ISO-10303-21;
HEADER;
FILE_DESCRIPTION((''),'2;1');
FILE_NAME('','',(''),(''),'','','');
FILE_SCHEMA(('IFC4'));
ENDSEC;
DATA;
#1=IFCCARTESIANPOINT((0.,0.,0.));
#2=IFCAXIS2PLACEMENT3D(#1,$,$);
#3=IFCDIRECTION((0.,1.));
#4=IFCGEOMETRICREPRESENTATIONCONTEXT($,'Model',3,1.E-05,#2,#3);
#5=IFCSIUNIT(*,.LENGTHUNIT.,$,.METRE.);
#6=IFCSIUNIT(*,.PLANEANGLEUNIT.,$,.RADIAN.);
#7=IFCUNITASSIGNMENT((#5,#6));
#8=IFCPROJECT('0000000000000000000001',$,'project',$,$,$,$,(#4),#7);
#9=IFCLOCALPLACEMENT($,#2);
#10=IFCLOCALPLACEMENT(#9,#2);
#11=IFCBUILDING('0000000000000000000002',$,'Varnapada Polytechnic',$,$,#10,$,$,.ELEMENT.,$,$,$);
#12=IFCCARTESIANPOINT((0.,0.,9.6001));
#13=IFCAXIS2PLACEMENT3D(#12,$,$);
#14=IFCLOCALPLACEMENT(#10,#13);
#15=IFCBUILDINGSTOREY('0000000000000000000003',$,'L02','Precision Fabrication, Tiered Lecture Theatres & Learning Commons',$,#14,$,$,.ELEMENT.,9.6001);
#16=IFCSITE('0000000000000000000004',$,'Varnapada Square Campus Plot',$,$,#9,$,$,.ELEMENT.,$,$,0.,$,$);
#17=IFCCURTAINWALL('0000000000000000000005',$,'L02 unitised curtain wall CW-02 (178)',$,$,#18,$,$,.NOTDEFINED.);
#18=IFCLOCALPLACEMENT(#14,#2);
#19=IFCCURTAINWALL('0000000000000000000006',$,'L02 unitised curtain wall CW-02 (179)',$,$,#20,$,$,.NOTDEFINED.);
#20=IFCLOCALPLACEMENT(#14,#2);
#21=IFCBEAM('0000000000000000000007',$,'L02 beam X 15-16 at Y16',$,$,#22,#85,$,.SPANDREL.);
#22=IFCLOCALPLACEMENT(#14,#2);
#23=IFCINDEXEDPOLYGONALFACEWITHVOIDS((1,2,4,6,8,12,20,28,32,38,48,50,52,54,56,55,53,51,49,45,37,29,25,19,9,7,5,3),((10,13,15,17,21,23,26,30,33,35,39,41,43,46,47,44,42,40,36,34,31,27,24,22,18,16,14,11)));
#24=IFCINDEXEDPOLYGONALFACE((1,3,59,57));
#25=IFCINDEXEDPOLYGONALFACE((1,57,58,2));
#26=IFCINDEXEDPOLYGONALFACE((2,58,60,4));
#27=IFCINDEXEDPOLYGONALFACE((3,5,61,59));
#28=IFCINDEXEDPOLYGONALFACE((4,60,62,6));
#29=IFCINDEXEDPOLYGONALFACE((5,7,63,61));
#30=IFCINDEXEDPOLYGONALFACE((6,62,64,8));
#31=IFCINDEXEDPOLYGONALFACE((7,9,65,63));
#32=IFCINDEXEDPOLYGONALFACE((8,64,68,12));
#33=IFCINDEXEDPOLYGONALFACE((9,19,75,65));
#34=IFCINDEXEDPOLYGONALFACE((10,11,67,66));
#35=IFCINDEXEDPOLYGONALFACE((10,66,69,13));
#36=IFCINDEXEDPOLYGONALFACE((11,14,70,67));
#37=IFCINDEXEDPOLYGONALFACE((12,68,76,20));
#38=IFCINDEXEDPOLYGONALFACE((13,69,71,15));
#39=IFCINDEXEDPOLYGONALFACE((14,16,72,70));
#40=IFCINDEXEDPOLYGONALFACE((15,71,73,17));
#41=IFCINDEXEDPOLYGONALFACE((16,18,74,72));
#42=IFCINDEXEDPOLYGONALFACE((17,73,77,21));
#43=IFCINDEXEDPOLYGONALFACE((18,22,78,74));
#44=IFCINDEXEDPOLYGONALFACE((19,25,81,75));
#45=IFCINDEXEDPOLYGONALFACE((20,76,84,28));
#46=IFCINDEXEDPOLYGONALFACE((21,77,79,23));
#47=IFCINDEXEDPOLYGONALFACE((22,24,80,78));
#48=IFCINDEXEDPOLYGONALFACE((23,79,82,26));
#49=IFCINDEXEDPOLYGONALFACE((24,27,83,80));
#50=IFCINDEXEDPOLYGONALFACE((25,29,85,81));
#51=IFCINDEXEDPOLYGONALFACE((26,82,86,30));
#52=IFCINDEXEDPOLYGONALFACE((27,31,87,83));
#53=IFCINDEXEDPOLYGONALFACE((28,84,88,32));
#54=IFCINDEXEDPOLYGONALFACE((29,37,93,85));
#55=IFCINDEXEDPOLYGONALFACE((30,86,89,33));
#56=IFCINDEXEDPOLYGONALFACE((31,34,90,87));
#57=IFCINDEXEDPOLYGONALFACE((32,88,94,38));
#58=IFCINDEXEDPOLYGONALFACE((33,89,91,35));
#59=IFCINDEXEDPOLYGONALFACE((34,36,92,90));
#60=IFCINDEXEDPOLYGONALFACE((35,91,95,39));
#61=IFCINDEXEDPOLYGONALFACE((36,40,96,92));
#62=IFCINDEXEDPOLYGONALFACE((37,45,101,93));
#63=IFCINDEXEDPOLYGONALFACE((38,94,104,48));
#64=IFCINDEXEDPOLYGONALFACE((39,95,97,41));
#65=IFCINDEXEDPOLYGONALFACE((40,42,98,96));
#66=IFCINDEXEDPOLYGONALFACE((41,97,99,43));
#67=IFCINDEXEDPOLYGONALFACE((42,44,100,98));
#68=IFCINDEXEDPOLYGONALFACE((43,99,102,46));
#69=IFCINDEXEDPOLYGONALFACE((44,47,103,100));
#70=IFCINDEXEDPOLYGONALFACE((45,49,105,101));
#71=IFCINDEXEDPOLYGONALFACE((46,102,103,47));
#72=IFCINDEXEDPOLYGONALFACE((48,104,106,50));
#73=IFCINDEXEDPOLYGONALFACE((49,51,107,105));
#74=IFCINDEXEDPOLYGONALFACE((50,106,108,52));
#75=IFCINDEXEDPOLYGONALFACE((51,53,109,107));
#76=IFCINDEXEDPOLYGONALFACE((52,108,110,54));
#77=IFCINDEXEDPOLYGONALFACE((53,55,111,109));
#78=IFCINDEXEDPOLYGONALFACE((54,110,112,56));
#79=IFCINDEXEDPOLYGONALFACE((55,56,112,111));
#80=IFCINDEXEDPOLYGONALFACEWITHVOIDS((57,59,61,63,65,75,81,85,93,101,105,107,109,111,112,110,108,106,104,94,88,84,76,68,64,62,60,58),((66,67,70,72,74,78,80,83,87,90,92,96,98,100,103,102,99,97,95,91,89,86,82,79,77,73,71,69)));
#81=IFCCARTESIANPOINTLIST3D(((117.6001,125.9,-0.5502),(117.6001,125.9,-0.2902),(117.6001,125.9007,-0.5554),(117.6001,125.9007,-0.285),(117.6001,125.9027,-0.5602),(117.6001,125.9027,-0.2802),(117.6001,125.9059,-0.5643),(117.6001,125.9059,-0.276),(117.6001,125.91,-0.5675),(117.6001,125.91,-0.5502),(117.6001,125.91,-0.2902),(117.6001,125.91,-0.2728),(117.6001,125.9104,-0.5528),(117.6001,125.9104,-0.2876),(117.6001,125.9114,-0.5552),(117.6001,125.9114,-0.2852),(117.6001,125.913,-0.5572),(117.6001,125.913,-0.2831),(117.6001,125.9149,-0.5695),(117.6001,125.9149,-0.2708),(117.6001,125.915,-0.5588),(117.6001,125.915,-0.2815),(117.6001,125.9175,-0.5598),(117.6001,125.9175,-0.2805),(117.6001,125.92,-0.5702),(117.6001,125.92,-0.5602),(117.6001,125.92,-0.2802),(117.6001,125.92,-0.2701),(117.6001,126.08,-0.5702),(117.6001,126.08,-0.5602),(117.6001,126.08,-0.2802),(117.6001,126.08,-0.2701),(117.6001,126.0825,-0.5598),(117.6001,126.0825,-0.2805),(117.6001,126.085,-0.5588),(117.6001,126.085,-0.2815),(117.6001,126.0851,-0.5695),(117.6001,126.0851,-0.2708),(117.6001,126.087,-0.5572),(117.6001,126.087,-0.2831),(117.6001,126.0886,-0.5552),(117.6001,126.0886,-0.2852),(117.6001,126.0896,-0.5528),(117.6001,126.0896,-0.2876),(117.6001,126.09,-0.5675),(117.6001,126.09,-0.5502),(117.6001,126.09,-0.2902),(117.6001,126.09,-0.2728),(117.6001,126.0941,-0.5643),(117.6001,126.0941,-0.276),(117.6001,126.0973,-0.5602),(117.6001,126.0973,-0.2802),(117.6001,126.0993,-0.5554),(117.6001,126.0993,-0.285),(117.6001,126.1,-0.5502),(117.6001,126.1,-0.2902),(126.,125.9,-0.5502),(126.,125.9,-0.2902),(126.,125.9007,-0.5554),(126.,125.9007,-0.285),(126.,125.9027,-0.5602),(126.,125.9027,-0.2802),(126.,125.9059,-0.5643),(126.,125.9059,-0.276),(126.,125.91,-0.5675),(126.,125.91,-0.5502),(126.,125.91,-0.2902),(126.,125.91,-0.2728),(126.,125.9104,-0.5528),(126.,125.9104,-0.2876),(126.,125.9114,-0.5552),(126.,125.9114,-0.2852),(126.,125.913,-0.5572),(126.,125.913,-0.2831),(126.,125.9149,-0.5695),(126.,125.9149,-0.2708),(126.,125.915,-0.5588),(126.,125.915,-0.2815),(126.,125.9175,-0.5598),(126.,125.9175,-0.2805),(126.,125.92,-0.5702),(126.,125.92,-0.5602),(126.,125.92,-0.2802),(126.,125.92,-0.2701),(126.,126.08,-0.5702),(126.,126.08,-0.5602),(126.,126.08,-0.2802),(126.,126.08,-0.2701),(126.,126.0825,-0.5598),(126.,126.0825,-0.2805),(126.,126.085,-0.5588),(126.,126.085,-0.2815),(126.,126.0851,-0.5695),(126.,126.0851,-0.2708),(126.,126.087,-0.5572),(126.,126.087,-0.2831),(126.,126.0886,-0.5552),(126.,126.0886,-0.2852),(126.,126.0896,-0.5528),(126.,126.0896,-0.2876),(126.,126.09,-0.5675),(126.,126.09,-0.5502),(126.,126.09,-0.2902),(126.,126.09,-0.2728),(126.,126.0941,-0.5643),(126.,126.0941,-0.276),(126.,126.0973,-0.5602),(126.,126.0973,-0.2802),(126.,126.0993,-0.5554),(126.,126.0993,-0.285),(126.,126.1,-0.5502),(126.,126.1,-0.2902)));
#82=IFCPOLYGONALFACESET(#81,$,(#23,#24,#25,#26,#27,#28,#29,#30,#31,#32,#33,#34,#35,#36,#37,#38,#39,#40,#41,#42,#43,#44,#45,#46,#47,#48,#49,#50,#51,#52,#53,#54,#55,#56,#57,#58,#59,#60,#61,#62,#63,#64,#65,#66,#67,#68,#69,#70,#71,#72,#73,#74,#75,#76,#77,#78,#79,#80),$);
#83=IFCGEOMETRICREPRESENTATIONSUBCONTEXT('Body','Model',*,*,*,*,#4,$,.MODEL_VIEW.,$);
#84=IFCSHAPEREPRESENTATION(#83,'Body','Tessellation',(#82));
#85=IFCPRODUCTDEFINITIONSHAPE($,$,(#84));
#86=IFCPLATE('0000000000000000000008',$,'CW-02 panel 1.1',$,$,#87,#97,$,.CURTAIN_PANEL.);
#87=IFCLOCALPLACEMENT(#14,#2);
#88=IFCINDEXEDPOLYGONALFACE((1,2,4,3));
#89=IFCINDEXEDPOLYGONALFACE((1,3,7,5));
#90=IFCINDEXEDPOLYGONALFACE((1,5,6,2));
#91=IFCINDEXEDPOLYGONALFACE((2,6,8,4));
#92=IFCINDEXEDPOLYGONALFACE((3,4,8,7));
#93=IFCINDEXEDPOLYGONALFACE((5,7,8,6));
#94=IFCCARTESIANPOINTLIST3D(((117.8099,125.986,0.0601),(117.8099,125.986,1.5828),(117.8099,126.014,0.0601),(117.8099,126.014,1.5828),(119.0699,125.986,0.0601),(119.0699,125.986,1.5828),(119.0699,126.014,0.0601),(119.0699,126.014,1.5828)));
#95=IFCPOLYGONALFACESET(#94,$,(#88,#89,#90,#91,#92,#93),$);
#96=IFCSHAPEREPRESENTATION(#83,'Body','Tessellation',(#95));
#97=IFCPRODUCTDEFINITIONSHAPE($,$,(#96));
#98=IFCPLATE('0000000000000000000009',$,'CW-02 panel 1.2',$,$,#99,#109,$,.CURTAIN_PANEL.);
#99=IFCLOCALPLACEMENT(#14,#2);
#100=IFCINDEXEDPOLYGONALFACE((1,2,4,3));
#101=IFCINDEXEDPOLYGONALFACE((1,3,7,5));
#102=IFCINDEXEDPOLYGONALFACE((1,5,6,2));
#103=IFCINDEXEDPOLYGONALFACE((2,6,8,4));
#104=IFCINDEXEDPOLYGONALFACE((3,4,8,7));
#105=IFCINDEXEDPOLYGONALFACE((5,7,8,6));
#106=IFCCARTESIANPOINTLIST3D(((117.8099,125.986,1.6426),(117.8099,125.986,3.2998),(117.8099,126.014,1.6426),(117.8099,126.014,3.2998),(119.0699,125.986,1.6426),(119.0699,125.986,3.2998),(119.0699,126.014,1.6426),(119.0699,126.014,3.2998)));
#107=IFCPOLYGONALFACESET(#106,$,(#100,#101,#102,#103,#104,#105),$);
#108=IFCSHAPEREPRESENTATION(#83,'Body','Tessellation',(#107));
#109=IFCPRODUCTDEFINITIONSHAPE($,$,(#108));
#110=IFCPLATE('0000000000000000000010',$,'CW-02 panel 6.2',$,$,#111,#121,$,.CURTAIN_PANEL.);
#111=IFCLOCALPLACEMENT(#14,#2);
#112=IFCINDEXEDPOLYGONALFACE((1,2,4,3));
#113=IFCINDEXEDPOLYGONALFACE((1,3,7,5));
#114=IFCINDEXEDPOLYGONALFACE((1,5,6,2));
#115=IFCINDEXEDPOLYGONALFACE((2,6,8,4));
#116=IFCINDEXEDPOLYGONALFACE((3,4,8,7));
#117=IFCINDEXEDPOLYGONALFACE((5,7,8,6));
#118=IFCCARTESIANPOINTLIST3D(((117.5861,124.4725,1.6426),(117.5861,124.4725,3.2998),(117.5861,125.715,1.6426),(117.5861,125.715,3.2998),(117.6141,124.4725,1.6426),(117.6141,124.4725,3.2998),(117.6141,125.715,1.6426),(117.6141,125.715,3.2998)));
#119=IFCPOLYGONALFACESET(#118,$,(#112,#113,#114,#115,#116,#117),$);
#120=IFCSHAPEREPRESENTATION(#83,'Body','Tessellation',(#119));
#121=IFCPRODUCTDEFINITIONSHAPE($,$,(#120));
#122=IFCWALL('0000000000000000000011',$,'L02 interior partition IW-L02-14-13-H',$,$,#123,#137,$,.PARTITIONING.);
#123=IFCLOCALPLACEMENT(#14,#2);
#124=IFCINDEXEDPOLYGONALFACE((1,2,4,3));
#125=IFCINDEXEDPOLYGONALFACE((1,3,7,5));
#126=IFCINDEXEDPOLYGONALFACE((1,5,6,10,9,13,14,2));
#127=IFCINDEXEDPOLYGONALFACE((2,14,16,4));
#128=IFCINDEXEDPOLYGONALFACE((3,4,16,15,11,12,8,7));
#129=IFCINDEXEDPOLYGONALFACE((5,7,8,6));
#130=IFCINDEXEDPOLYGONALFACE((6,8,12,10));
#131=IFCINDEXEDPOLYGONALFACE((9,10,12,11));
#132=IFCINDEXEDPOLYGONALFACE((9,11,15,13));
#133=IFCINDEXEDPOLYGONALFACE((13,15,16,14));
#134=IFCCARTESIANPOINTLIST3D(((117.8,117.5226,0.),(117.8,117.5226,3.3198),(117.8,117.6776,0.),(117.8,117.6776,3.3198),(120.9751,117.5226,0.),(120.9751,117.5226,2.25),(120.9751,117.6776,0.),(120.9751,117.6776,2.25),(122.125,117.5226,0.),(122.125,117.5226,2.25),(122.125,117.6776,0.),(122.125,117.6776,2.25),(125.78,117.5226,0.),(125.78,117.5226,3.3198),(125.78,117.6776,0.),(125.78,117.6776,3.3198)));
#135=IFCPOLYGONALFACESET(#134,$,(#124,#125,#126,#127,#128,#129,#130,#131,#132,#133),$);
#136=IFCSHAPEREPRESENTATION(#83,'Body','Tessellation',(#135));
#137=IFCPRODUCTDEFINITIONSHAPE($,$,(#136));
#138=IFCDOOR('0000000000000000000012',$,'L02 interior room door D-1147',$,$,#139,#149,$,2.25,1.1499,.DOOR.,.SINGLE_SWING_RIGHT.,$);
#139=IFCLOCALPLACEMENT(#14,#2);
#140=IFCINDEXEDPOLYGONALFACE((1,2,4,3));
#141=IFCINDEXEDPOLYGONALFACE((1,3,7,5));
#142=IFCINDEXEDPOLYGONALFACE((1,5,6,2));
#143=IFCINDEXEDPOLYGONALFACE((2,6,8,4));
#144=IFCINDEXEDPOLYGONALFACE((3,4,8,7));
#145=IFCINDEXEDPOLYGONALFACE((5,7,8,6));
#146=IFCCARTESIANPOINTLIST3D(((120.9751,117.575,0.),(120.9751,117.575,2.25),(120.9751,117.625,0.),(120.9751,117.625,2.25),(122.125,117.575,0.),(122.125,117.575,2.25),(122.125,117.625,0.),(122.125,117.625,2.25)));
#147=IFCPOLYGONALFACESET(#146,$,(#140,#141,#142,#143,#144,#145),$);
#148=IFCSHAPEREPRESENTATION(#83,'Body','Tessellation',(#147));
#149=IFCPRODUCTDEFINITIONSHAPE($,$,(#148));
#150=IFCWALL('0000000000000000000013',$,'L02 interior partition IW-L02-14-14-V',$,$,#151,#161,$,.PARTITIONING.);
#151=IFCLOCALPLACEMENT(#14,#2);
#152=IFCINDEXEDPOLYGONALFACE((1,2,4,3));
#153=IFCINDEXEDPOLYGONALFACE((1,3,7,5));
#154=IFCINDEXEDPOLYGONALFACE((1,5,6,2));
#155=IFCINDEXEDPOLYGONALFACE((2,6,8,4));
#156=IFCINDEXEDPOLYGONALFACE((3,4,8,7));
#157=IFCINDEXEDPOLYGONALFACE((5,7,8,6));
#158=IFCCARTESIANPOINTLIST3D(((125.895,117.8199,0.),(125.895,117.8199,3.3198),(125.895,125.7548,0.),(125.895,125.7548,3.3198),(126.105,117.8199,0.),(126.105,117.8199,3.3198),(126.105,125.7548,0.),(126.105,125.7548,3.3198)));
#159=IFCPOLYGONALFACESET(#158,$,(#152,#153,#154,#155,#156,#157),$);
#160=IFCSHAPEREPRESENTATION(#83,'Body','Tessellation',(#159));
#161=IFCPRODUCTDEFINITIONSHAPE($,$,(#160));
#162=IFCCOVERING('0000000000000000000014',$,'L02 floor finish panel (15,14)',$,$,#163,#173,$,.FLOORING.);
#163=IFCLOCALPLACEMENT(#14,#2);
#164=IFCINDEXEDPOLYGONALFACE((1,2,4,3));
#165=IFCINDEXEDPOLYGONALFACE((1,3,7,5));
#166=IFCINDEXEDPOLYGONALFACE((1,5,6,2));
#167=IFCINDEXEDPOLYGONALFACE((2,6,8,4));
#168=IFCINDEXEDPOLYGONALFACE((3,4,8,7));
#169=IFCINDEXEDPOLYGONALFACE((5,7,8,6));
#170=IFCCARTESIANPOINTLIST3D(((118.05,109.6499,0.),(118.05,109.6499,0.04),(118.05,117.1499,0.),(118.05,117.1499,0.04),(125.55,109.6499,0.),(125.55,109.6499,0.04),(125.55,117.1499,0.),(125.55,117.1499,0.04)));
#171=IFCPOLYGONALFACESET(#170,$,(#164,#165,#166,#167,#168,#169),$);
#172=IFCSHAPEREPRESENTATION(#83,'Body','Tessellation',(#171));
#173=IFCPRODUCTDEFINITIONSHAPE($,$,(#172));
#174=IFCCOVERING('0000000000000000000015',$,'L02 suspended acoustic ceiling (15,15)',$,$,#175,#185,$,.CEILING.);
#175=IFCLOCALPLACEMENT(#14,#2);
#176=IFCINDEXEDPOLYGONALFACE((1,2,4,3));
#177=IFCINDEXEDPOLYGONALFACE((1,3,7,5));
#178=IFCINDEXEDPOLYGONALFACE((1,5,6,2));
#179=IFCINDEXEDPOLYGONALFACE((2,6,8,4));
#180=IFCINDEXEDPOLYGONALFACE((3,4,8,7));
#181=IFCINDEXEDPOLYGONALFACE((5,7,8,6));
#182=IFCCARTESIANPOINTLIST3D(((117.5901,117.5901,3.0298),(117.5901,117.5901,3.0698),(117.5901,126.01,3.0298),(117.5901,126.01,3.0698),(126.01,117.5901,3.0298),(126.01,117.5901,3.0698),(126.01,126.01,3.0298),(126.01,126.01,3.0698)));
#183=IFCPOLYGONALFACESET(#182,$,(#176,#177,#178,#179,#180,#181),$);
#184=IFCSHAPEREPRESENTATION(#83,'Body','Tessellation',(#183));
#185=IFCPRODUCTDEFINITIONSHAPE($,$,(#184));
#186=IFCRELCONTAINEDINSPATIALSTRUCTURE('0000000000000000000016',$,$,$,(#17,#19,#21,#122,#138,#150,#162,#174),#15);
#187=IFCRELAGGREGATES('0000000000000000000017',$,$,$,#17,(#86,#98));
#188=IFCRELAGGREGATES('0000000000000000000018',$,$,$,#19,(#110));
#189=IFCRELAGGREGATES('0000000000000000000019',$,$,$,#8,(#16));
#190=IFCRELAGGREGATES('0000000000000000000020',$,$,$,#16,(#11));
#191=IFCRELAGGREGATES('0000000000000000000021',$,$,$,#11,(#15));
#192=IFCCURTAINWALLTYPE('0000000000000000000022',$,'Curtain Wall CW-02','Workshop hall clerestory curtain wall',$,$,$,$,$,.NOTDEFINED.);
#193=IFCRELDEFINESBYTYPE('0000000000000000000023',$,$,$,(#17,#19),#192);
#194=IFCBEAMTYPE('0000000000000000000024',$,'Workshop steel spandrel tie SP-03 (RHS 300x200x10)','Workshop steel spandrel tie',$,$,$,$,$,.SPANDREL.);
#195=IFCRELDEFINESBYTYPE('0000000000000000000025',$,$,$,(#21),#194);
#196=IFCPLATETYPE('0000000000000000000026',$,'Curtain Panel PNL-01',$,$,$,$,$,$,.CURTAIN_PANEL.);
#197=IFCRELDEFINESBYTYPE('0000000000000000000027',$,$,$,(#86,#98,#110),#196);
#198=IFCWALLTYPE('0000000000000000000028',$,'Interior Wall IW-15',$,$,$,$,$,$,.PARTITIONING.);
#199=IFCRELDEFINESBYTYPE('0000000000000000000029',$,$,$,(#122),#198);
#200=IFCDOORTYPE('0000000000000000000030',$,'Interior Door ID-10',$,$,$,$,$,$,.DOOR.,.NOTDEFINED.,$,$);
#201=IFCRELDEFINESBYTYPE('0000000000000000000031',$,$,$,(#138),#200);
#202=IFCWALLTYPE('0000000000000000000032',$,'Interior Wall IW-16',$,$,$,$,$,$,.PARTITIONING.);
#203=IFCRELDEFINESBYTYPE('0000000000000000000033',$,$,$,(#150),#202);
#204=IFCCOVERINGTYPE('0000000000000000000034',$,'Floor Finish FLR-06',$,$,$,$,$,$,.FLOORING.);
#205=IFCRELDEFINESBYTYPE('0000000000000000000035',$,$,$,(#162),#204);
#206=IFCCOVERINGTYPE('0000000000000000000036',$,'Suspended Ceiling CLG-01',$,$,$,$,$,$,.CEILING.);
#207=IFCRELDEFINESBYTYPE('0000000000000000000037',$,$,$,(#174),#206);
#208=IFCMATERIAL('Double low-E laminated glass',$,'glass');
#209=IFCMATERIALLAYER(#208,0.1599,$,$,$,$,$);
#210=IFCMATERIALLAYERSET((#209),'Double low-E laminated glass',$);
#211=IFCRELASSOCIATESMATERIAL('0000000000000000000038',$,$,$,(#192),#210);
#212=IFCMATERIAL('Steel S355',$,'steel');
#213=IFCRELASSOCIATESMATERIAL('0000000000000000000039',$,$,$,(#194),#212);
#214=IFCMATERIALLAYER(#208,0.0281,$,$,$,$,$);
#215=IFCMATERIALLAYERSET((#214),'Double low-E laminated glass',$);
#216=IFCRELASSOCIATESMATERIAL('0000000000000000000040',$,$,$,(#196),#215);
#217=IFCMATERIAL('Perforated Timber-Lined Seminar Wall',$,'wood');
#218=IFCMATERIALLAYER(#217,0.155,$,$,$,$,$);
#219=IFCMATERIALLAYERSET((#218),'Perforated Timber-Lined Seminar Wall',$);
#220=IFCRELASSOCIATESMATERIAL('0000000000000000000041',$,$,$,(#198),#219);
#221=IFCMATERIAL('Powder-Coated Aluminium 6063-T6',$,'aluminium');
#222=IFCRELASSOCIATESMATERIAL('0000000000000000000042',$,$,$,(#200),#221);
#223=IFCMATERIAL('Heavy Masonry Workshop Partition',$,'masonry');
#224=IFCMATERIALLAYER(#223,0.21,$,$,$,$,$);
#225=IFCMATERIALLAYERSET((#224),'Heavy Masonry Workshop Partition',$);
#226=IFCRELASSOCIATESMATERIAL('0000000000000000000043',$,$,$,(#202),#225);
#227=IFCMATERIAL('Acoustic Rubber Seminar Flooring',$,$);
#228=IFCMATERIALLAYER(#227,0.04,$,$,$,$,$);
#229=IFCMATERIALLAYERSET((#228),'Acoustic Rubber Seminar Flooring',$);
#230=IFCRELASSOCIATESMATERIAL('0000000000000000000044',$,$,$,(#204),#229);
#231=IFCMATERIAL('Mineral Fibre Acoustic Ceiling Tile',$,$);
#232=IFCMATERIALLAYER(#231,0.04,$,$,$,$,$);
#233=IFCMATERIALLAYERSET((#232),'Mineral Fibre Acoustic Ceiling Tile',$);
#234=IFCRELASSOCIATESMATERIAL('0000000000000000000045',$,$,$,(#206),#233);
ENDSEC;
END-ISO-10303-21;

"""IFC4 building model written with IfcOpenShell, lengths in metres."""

from ifc_helpers import new_model, si_unit, direction, frame, frame_2d, origin, origin_2d, place, context, subcontext, project, spatial, rectangle, hollow_rectangle, extrude, material, layer, layer_set, material_profile, profile_set, type_object, element, fill, aggregate, save


model = new_model("IFC4")

# Units and contexts
model_context = context("Model", 3, precision=1e-05, world=origin(), true_north=direction((0.0, 1.0)))
body_context = subcontext(model_context, "Body", "Model", "MODEL_VIEW")
ifc_project = project(units=[si_unit("LENGTHUNIT", "METRE"), si_unit("PLANEANGLEUNIT", "RADIAN")], contexts=[model_context])

# Site, building, storey
site_placement = place(None, origin())
site = spatial("IfcSite", under=ifc_project, at=site_placement, Name="Varnapada Square Campus Plot", CompositionType="ELEMENT", RefElevation=0.0)
building_placement = place(site_placement, origin())
building = spatial("IfcBuilding", under=site, at=building_placement, Name="Varnapada Polytechnic", CompositionType="ELEMENT")
storey_placement = place(building_placement, frame((0.0, 0.0, 9.6001)))
storey = spatial("IfcBuildingStorey", under=building, at=storey_placement, Name="L02", Description="Precision Fabrication, Tiered Lecture Theatres & Learning Commons", CompositionType="ELEMENT", Elevation=9.6001)

# Shared definitions
ifc_material_1 = material(Name="Steel S355", Category="steel")

# Curtain wall
ifc_material_2 = material(Name="Double low-E laminated glass", Category="glass")
ifc_layer_1 = layer(ifc_material_2, 0.1599)
ifc_layer_set_1 = layer_set([ifc_layer_1], Name="Double low-E laminated glass")
curtain_wall_type = type_object("IfcCurtainWallType", Name="Curtain Wall CW-02", Description="Workshop hall clerestory curtain wall", PredefinedType="NOTDEFINED", material=ifc_layer_set_1)
curtain_wall_1_placement = place(storey_placement, origin())
curtain_wall_1 = element("IfcCurtainWall", 1, at=curtain_wall_1_placement, inside=storey, type_object=curtain_wall_type, Name="L02 unitised curtain wall CW-02 (178)", PredefinedType="NOTDEFINED")

# Curtain wall
curtain_wall_2_placement = place(storey_placement, origin())
curtain_wall_2 = element("IfcCurtainWall", 2, at=curtain_wall_2_placement, inside=storey, type_object=curtain_wall_type, Name="L02 unitised curtain wall CW-02 (179)", PredefinedType="NOTDEFINED")

# Beam
ifc_material_profile_1 = material_profile(ifc_material_1, hollow_rectangle(XDim=0.2, YDim=0.3, WallThickness=0.01, InnerFilletRadius=0.01, OuterFilletRadius=0.02, at=origin_2d()), Name="RHS 300x200x10")
ifc_profile_set_1 = profile_set([ifc_material_profile_1], Name="Steel S355")
beam_type_1 = type_object("IfcBeamType", Name="Workshop steel spandrel tie SP-03 (RHS 300x200x10)", Description="Workshop steel spandrel tie", PredefinedType="SPANDREL", material=ifc_profile_set_1)
beam_1_placement = place(storey_placement, frame((117.6001, 126.0, -0.4202), z_axis=(1.0, 0.0, 0.0), x_axis=(0.0, 1.0, 0.0)))
element("IfcBeam", 3, at=beam_1_placement, inside=storey, type_object=beam_type_1, Name="L02 beam X 15-16 at Y16", PredefinedType="SPANDREL", context=body_context, shape_type="SweptSolid", body=[
    extrude(hollow_rectangle(XDim=0.2, YDim=0.3, WallThickness=0.01, InnerFilletRadius=0.01, OuterFilletRadius=0.02, at=origin_2d()), origin(), (0.0, 0.0, 1.0), 8.3999),
])

# Plates
ifc_layer_2 = layer(ifc_material_2, 0.0281)
ifc_layer_set_2 = layer_set([ifc_layer_2], Name="Double low-E laminated glass")
plate_type = type_object("IfcPlateType", Name="Curtain Panel PNL-01", PredefinedType="CURTAIN_PANEL", material=ifc_layer_set_2)
plate_1_placement = place(storey_placement, frame((118.4399, 126.0, 0.0601), z_axis=(0.0, 0.0, 1.0), x_axis=(1.0, 0.0, 0.0)))
plate_1 = element("IfcPlate", 4, at=plate_1_placement, type_object=plate_type, Name="CW-02 panel 1.1", PredefinedType="CURTAIN_PANEL", context=body_context, shape_type="SweptSolid", body=[
    extrude(rectangle(XDim=1.26, YDim=0.0281, at=origin_2d()), origin(), (0.0, 0.0, 1.0), 1.5227),
])
plate_2_placement = place(storey_placement, frame((118.4399, 126.0, 1.6426), z_axis=(0.0, 0.0, 1.0), x_axis=(1.0, 0.0, 0.0)))
plate_2 = element("IfcPlate", 5, at=plate_2_placement, type_object=plate_type, Name="CW-02 panel 1.2", PredefinedType="CURTAIN_PANEL", context=body_context, shape_type="SweptSolid", body=[
    extrude(rectangle(XDim=1.26, YDim=0.0281, at=origin_2d()), origin(), (0.0, 0.0, 1.0), 1.6572),
])
aggregate(curtain_wall_1, [plate_1, plate_2])
plate_3_placement = place(storey_placement, frame((117.6001, 125.0938, 1.6426), z_axis=(0.0, 0.0, 1.0), x_axis=(0.0, 1.0, 0.0)))
plate_3 = element("IfcPlate", 6, at=plate_3_placement, type_object=plate_type, Name="CW-02 panel 6.2", PredefinedType="CURTAIN_PANEL", context=body_context, shape_type="SweptSolid", body=[
    extrude(rectangle(XDim=1.2424, YDim=0.0281, at=origin_2d()), origin(), (0.0, 0.0, 1.0), 1.6572),
])
aggregate(curtain_wall_2, [plate_3])

# Wall, opening, door
ifc_material_3 = material(Name="Perforated Timber-Lined Seminar Wall", Category="wood")
ifc_layer_3 = layer(ifc_material_3, 0.155)
ifc_layer_set_3 = layer_set([ifc_layer_3], Name="Perforated Timber-Lined Seminar Wall")
wall_type_1 = type_object("IfcWallType", Name="Interior Wall IW-15", PredefinedType="PARTITIONING", material=ifc_layer_set_3)
wall_1_placement = place(storey_placement, frame((117.8, 117.6001, 0.0), z_axis=(0.0, 0.0, 1.0), x_axis=(1.0, 0.0, 0.0)))
wall_1 = element("IfcWall", 7, at=wall_1_placement, inside=storey, type_object=wall_type_1, Name="L02 interior partition IW-L02-14-13-H", PredefinedType="PARTITIONING", context=body_context, shape_type="SweptSolid", body=[
    extrude(rectangle(XDim=7.98, YDim=0.155, at=frame_2d((3.99, 0.0))), origin(), (0.0, 0.0, 1.0), 3.3198),
])
opening_placement = place(wall_1_placement, frame((3.175, 0.0, 0.0)))
opening = element("IfcOpeningElement", 8, at=opening_placement, cuts=wall_1, PredefinedType="OPENING", context=body_context, shape_type="SweptSolid", body=[
    extrude(rectangle(XDim=1.1499, YDim=2.25, at=frame_2d((0.575, 1.125))), frame((0.0, 0.0874, 0.0), z_axis=(0.0, -1.0, 0.0), x_axis=(1.0, 0.0, 0.0)), (0.0, 0.0, 1.0), 0.175),
])
ifc_material_4 = material(Name="Powder-Coated Aluminium 6063-T6", Category="aluminium")
door_type = type_object("IfcDoorType", Name="Interior Door ID-10", OperationType="NOTDEFINED", PredefinedType="DOOR", material=ifc_material_4)
door_placement = place(opening_placement, origin())
door = element("IfcDoor", 9, at=door_placement, inside=storey, type_object=door_type, Name="L02 interior room door D-1147", OperationType="SINGLE_SWING_RIGHT", OverallHeight=2.25, OverallWidth=1.1499, PredefinedType="DOOR", context=body_context, shape_type="SweptSolid", body=[
    extrude(rectangle(XDim=1.1499, YDim=2.25, at=frame_2d((0.575, 1.125))), frame((0.0, 0.0249, 0.0), z_axis=(0.0, -1.0, 0.0), x_axis=(1.0, 0.0, 0.0)), (0.0, 0.0, 1.0), 0.05),
])
fill(opening, door)

# Wall
ifc_material_5 = material(Name="Heavy Masonry Workshop Partition", Category="masonry")
ifc_layer_4 = layer(ifc_material_5, 0.21)
ifc_layer_set_4 = layer_set([ifc_layer_4], Name="Heavy Masonry Workshop Partition")
wall_type_2 = type_object("IfcWallType", Name="Interior Wall IW-16", PredefinedType="PARTITIONING", material=ifc_layer_set_4)
wall_2_placement = place(storey_placement, frame((126.0, 117.8201, 0.0), z_axis=(0.0, 0.0, 1.0), x_axis=(0.0, 1.0, 0.0)))
element("IfcWall", 10, at=wall_2_placement, inside=storey, type_object=wall_type_2, Name="L02 interior partition IW-L02-14-14-V", PredefinedType="PARTITIONING", context=body_context, shape_type="SweptSolid", body=[
    extrude(rectangle(XDim=7.9348, YDim=0.21, at=frame_2d((3.9673, 0.0))), origin(), (0.0, 0.0, 1.0), 3.3198),
])

# Coverings
ifc_material_6 = material(Name="Acoustic Rubber Seminar Flooring")
ifc_layer_5 = layer(ifc_material_6, 0.04)
ifc_layer_set_5 = layer_set([ifc_layer_5], Name="Acoustic Rubber Seminar Flooring")
covering_type_1 = type_object("IfcCoveringType", Name="Floor Finish FLR-06", PredefinedType="FLOORING", material=ifc_layer_set_5)
covering_1_placement = place(storey_placement, frame((121.8, 113.3999, 0.0), z_axis=(0.0, 0.0, 1.0), x_axis=(1.0, 0.0, 0.0)))
element("IfcCovering", 11, at=covering_1_placement, inside=storey, type_object=covering_type_1, Name="L02 floor finish panel (15,14)", PredefinedType="FLOORING", context=body_context, shape_type="SweptSolid", body=[
    extrude(rectangle(XDim=7.5, YDim=7.5, at=origin_2d()), origin(), (0.0, 0.0, 1.0), 0.04),
])
ifc_material_7 = material(Name="Mineral Fibre Acoustic Ceiling Tile")
ifc_layer_6 = layer(ifc_material_7, 0.04)
ifc_layer_set_6 = layer_set([ifc_layer_6], Name="Mineral Fibre Acoustic Ceiling Tile")
covering_type_2 = type_object("IfcCoveringType", Name="Suspended Ceiling CLG-01", PredefinedType="CEILING", material=ifc_layer_set_6)
covering_2_placement = place(storey_placement, frame((121.8, 121.8, 3.0298), z_axis=(0.0, 0.0, 1.0), x_axis=(1.0, 0.0, 0.0)))
element("IfcCovering", 12, at=covering_2_placement, inside=storey, type_object=covering_type_2, Name="L02 suspended acoustic ceiling (15,15)", PredefinedType="CEILING", context=body_context, shape_type="SweptSolid", body=[
    extrude(rectangle(XDim=8.4199, YDim=8.4199, at=origin_2d()), origin(), (0.0, 0.0, 1.0), 0.04),
])

save(model, "model.ifc")
